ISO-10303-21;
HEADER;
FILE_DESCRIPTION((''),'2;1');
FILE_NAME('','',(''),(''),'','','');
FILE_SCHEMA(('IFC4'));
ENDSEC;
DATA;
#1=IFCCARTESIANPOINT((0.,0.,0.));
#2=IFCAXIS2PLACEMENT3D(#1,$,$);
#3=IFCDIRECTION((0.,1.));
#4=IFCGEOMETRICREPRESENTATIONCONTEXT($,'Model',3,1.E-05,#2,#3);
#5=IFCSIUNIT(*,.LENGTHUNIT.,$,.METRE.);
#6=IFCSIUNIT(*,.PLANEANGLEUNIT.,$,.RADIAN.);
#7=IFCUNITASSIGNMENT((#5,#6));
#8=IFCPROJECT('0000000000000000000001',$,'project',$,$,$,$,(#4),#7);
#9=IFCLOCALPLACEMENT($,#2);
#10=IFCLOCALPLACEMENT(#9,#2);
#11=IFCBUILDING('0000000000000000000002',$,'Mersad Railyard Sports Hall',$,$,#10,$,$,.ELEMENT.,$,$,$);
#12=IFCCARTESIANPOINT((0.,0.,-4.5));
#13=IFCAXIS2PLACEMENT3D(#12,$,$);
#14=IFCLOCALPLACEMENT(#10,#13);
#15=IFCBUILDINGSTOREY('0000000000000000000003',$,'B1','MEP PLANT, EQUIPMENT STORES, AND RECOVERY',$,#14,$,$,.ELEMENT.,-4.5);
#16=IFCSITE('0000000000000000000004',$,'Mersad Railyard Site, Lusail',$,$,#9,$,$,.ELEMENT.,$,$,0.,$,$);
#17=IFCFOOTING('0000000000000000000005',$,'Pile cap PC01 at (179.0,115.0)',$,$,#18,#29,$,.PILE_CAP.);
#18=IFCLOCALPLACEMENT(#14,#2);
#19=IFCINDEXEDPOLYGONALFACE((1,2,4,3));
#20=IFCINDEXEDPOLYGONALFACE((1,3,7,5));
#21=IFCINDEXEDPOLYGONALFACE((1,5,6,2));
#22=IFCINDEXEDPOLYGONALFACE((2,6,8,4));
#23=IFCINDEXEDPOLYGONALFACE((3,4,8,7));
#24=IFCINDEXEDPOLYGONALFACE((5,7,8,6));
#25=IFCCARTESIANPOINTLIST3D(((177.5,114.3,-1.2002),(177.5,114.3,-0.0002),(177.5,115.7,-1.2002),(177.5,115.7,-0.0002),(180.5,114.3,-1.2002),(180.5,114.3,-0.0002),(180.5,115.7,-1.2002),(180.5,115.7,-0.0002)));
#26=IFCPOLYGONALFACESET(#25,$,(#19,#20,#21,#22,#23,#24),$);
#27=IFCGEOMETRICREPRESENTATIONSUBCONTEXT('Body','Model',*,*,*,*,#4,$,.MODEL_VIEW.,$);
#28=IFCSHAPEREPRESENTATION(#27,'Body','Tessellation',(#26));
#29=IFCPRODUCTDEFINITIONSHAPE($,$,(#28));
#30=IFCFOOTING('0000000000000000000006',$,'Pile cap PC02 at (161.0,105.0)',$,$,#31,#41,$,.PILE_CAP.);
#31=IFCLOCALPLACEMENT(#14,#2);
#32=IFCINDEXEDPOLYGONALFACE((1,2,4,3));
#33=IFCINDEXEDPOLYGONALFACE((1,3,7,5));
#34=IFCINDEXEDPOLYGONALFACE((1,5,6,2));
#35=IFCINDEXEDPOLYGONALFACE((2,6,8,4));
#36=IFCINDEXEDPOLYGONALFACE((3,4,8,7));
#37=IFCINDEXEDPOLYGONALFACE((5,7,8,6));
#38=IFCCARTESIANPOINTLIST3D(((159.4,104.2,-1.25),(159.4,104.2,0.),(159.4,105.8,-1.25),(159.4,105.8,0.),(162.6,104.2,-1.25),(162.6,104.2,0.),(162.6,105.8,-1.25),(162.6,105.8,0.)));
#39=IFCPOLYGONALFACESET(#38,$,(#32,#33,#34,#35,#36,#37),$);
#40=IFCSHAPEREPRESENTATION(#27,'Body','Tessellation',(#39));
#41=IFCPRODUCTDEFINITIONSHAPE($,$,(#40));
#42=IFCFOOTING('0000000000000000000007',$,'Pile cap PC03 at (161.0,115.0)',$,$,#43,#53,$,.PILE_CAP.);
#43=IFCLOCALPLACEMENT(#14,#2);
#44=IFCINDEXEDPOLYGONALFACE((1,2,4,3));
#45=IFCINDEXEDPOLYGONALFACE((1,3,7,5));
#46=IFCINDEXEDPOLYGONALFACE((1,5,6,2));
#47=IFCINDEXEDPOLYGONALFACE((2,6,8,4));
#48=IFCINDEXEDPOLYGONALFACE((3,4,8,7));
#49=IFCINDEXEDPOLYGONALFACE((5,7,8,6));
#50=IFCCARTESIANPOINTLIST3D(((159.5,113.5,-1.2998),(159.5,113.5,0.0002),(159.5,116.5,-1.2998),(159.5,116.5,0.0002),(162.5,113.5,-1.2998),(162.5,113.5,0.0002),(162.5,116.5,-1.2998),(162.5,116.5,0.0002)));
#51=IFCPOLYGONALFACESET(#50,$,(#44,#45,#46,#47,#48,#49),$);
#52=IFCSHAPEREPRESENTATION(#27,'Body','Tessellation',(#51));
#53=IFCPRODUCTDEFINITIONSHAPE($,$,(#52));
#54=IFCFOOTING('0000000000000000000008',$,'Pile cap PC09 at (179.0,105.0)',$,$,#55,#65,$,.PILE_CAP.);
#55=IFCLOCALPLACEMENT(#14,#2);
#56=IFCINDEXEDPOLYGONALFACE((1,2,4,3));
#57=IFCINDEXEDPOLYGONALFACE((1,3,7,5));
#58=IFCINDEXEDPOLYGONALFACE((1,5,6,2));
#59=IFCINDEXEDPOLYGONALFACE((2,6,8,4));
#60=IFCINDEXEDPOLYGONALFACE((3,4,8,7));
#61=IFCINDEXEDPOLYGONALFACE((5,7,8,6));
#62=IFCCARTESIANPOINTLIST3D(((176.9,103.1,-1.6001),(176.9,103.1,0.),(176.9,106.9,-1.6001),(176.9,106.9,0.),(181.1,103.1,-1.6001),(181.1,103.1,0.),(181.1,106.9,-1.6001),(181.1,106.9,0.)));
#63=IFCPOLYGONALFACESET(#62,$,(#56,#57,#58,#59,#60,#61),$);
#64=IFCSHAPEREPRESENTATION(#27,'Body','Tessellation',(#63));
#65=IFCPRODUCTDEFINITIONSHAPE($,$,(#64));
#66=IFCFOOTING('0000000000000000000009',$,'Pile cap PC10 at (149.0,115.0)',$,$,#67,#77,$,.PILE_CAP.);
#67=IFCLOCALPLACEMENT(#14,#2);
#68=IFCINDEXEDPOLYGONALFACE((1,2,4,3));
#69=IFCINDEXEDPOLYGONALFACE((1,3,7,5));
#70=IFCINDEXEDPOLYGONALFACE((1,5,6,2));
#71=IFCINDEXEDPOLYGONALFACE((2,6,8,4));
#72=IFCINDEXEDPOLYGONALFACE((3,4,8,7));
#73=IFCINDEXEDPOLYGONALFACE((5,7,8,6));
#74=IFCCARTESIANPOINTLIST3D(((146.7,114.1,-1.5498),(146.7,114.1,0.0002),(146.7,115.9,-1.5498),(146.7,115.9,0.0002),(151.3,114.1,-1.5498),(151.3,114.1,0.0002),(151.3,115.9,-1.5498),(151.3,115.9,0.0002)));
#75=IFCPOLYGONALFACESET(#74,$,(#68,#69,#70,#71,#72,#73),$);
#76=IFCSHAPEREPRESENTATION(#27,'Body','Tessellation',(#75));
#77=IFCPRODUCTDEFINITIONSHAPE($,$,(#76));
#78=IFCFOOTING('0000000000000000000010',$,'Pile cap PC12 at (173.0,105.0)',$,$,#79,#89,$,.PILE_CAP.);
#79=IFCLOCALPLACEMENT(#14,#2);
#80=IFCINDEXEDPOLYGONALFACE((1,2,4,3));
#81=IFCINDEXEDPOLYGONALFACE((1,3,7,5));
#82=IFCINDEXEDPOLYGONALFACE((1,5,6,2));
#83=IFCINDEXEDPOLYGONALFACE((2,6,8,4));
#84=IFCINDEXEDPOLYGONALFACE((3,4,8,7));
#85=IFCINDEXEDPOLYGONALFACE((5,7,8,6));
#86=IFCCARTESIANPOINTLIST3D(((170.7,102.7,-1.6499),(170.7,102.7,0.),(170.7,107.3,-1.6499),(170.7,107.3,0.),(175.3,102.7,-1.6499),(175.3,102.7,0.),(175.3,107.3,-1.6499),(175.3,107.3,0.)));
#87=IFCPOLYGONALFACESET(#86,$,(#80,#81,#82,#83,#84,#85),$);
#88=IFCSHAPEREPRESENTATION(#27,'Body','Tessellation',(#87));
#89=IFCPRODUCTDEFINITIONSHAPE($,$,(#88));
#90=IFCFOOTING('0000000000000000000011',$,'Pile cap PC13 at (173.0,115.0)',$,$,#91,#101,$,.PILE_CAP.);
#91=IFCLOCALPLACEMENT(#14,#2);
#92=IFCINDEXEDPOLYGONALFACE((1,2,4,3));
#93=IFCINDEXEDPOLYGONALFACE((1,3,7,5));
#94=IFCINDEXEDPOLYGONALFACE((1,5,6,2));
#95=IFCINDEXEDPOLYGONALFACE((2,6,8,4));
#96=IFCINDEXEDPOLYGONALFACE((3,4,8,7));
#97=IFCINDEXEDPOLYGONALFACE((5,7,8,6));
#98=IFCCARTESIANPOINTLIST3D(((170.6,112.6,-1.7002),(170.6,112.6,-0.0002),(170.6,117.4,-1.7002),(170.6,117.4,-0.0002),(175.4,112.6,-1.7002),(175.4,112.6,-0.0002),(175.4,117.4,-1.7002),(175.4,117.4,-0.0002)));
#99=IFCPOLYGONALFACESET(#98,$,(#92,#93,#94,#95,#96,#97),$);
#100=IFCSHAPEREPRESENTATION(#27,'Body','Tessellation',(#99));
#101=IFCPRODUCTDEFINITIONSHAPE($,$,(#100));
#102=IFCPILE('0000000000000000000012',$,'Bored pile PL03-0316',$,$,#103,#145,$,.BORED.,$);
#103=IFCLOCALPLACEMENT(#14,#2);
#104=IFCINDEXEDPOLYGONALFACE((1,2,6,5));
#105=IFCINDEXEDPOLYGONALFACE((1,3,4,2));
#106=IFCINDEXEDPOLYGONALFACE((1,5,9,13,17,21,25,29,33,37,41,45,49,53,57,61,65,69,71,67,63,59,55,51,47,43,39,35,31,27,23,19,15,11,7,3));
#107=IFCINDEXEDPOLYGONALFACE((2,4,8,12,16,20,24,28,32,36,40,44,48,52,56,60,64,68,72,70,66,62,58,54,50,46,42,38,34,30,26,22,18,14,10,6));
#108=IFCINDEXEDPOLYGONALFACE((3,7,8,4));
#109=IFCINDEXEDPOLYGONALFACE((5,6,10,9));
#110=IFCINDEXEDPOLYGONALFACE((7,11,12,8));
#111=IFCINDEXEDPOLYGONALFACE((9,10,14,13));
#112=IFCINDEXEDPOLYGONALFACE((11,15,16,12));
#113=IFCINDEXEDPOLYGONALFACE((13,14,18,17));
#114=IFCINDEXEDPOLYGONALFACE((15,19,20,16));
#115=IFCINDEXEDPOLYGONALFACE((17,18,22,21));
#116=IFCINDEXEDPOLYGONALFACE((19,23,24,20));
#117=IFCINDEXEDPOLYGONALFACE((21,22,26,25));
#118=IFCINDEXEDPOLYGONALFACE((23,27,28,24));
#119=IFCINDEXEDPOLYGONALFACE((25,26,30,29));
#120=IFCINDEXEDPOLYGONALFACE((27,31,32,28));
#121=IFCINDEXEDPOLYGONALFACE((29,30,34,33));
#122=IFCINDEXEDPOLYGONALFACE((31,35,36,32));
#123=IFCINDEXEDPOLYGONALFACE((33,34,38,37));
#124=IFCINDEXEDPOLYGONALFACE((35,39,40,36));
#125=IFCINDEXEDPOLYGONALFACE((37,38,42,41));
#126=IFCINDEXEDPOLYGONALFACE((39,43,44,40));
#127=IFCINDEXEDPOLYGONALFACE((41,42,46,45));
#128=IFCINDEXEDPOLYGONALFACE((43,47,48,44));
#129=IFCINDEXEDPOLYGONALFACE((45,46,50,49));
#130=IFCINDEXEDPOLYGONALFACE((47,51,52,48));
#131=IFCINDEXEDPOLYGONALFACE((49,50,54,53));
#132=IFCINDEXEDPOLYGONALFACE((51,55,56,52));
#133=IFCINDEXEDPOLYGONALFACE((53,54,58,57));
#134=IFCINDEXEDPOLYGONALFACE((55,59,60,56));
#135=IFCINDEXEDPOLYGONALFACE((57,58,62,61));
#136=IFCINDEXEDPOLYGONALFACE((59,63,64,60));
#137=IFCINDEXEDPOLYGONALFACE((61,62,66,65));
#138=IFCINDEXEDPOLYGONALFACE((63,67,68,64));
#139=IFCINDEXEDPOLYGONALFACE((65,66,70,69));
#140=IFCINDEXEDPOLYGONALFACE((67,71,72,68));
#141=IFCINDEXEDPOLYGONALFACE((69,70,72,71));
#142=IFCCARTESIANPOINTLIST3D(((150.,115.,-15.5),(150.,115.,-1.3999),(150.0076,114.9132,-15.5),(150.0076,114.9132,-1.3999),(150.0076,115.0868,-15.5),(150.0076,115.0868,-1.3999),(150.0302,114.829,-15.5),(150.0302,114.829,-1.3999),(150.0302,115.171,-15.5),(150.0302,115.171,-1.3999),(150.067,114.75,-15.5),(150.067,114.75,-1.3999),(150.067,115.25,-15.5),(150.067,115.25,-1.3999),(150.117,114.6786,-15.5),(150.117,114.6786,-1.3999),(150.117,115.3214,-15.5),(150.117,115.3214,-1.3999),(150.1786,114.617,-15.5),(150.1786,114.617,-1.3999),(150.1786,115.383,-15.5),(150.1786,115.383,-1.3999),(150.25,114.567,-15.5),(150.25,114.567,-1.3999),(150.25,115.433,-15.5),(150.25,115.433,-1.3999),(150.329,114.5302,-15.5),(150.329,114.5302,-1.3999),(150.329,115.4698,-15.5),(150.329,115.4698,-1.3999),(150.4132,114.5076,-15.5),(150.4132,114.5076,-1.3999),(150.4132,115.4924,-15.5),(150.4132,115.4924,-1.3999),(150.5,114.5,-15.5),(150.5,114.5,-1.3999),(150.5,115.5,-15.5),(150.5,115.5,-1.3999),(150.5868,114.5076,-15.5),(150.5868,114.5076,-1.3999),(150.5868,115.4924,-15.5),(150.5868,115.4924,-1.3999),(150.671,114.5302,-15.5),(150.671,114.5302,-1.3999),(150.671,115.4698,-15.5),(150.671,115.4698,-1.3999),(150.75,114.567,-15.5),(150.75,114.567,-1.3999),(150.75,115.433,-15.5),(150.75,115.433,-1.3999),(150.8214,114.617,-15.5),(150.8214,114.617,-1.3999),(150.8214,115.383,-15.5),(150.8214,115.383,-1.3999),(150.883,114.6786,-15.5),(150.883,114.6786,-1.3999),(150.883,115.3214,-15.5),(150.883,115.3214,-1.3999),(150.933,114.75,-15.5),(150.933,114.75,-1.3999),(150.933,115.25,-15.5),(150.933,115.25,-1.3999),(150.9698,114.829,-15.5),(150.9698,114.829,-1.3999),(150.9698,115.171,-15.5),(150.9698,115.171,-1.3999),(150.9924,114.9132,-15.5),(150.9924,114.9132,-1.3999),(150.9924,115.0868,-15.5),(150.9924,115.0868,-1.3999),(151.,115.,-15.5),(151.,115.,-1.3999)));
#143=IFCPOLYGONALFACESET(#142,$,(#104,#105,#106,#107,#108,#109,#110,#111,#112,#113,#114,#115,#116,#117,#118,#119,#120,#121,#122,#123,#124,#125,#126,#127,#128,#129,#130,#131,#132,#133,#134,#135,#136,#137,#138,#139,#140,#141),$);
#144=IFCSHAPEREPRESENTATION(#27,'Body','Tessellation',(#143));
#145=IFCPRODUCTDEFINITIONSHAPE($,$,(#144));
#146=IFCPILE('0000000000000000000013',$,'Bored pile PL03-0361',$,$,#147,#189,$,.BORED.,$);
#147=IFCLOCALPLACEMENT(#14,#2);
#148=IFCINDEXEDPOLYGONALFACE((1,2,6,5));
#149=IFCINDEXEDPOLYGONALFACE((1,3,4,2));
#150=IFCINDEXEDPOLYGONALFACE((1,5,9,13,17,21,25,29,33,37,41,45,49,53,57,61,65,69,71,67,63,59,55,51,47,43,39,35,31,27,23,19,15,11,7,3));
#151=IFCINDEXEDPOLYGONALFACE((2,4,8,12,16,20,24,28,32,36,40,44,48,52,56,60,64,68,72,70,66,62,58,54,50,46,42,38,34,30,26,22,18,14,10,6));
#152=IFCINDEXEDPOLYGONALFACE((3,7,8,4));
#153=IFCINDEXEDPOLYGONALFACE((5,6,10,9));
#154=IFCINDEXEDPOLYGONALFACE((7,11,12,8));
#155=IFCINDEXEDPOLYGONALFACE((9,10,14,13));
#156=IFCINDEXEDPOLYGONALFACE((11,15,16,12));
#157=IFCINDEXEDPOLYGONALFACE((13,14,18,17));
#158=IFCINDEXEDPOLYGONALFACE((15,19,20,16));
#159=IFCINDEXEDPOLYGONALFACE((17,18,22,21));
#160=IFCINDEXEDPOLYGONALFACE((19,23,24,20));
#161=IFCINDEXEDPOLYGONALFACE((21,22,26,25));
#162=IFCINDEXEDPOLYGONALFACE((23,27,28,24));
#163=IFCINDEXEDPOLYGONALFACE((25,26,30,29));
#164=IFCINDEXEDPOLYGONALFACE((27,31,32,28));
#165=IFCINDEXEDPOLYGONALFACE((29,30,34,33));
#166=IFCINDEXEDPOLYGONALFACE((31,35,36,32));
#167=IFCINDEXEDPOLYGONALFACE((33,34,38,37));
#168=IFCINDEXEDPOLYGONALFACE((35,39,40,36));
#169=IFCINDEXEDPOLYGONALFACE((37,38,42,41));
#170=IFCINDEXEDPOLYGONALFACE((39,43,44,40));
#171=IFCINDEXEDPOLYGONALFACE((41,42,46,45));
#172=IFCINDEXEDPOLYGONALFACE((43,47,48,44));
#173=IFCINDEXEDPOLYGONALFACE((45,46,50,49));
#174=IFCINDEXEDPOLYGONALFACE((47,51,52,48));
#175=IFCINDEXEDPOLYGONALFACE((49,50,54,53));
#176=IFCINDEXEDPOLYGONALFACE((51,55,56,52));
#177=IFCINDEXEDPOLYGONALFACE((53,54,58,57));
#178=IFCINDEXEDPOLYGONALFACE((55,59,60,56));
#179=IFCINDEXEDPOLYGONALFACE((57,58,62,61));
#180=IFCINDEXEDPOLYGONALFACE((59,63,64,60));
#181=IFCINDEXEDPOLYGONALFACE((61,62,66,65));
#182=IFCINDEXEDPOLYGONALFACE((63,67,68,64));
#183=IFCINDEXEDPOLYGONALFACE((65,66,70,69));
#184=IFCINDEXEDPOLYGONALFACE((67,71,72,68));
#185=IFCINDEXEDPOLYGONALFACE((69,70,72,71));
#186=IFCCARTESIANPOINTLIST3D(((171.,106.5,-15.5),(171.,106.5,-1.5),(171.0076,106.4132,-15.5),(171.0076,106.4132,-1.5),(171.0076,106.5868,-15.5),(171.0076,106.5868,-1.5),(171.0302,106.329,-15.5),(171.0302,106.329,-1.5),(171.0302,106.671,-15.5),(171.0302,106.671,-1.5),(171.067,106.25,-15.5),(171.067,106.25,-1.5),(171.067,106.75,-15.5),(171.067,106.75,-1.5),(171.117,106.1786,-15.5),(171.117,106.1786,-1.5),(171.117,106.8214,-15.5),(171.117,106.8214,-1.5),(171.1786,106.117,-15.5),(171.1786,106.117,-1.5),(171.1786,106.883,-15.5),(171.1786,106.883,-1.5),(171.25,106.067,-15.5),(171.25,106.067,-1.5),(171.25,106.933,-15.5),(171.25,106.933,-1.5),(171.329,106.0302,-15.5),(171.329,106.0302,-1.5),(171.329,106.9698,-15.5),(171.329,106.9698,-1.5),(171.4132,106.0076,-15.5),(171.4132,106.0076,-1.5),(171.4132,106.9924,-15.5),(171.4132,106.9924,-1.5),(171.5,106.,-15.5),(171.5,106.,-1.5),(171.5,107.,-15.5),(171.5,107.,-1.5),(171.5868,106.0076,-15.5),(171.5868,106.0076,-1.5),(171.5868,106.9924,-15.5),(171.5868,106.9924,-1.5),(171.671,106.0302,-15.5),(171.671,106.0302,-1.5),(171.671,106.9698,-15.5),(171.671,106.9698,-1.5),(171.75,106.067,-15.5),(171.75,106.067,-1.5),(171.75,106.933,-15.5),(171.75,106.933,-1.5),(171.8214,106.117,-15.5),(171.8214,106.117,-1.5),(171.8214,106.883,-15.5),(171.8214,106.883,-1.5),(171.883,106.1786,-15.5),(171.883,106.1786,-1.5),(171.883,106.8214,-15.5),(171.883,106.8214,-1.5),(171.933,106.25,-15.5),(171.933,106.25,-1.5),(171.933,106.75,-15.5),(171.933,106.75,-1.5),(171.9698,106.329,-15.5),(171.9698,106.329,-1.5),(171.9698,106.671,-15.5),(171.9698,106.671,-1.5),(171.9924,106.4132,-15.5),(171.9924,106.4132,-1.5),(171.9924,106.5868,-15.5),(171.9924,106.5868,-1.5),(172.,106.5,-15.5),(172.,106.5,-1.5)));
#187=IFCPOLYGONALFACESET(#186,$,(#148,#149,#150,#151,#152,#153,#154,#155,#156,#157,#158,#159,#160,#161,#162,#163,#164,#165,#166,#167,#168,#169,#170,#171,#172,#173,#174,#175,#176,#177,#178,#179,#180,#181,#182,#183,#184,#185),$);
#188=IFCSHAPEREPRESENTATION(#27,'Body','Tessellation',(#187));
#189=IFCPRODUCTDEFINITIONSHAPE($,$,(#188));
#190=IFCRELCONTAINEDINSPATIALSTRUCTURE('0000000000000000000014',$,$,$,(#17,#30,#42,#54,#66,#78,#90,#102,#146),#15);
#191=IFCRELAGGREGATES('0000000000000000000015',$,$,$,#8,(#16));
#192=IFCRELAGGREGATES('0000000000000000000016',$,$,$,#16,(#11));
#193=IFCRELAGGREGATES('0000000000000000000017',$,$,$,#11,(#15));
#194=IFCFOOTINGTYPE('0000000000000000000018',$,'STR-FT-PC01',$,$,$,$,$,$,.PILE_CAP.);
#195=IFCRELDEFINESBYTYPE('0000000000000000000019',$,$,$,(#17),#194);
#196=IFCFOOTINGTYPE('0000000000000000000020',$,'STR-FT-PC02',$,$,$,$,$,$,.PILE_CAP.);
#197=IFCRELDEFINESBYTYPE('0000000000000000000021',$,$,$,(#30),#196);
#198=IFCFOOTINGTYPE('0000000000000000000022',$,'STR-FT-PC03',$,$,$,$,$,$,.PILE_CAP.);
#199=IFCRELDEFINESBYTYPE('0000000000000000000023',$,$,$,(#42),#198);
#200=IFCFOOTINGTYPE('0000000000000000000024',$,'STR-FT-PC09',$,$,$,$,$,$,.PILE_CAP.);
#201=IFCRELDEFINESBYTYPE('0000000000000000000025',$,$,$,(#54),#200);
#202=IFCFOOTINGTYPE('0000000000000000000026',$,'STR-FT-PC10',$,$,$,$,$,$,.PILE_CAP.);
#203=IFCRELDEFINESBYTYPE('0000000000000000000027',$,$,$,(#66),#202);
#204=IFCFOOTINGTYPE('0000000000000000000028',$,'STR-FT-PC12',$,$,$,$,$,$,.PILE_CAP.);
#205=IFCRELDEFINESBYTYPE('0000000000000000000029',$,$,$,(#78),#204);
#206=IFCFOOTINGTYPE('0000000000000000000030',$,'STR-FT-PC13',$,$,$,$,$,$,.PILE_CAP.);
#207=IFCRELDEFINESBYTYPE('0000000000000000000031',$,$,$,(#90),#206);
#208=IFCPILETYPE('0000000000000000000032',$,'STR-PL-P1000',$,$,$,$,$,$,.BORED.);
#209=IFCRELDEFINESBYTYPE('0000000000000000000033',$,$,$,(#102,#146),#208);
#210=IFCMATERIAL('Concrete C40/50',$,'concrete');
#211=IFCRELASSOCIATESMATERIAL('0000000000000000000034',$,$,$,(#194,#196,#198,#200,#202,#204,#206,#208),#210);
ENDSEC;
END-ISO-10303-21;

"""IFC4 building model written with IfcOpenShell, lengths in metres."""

from ifc_helpers import new_model, si_unit, direction, frame, origin, origin_2d, place, context, subcontext, project, spatial, rectangle, circle, extrude, material, material_profile, profile_set, type_object, element, save


model = new_model("IFC4")

# Units and contexts
model_context = context("Model", 3, precision=1e-05, world=origin(), true_north=direction((0.0, 1.0)))
body_context = subcontext(model_context, "Body", "Model", "MODEL_VIEW")
ifc_project = project(units=[si_unit("LENGTHUNIT", "METRE"), si_unit("PLANEANGLEUNIT", "RADIAN")], contexts=[model_context])

# Site, building, storey
site_placement = place(None, origin())
site = spatial("IfcSite", under=ifc_project, at=site_placement, Name="Mersad Railyard Site, Lusail", CompositionType="ELEMENT", RefElevation=0.0)
building_placement = place(site_placement, origin())
building = spatial("IfcBuilding", under=site, at=building_placement, Name="Mersad Railyard Sports Hall", CompositionType="ELEMENT")
storey_placement = place(building_placement, frame((0.0, 0.0, -4.5)))
storey = spatial("IfcBuildingStorey", under=building, at=storey_placement, Name="B1", Description="MEP PLANT, EQUIPMENT STORES, AND RECOVERY", CompositionType="ELEMENT", Elevation=-4.5)

# Footings
ifc_material_1 = material(Name="Concrete C40/50", Category="concrete")
footing_type_1 = type_object("IfcFootingType", Name="STR-FT-PC01", PredefinedType="PILE_CAP", material=ifc_material_1)
footing_1_placement = place(storey_placement, frame((179.0, 115.0, -1.2002), z_axis=(0.0, 0.0, 1.0), x_axis=(1.0, 0.0, 0.0)))
element("IfcFooting", 1, at=footing_1_placement, inside=storey, type_object=footing_type_1, Name="Pile cap PC01 at (179.0,115.0)", PredefinedType="PILE_CAP", context=body_context, shape_type="SweptSolid", body=[
    extrude(rectangle(XDim=3.0, YDim=1.3999, at=origin_2d()), origin(), (0.0, 0.0, 1.0), 1.2),
])
footing_type_2 = type_object("IfcFootingType", Name="STR-FT-PC02", PredefinedType="PILE_CAP", material=ifc_material_1)
footing_2_placement = place(storey_placement, frame((161.0, 105.0, -1.25), z_axis=(0.0, 0.0, 1.0), x_axis=(1.0, 0.0, 0.0)))
element("IfcFooting", 2, at=footing_2_placement, inside=storey, type_object=footing_type_2, Name="Pile cap PC02 at (161.0,105.0)", PredefinedType="PILE_CAP", context=body_context, shape_type="SweptSolid", body=[
    extrude(rectangle(XDim=3.2, YDim=1.6001, at=origin_2d()), origin(), (0.0, 0.0, 1.0), 1.25),
])
footing_type_3 = type_object("IfcFootingType", Name="STR-FT-PC03", PredefinedType="PILE_CAP", material=ifc_material_1)
footing_3_placement = place(storey_placement, frame((161.0, 115.0, -1.2998), z_axis=(0.0, 0.0, 1.0), x_axis=(1.0, 0.0, 0.0)))
element("IfcFooting", 3, at=footing_3_placement, inside=storey, type_object=footing_type_3, Name="Pile cap PC03 at (161.0,115.0)", PredefinedType="PILE_CAP", context=body_context, shape_type="SweptSolid", body=[
    extrude(rectangle(XDim=3.0, YDim=3.0, at=origin_2d()), origin(), (0.0, 0.0, 1.0), 1.3),
])
footing_type_4 = type_object("IfcFootingType", Name="STR-FT-PC09", PredefinedType="PILE_CAP", material=ifc_material_1)
footing_4_placement = place(storey_placement, frame((179.0, 105.0, -1.6001), z_axis=(0.0, 0.0, 1.0), x_axis=(1.0, 0.0, 0.0)))
element("IfcFooting", 4, at=footing_4_placement, inside=storey, type_object=footing_type_4, Name="Pile cap PC09 at (179.0,105.0)", PredefinedType="PILE_CAP", context=body_context, shape_type="SweptSolid", body=[
    extrude(rectangle(XDim=4.2, YDim=3.8, at=origin_2d()), origin(), (0.0, 0.0, 1.0), 1.6001),
])
footing_type_5 = type_object("IfcFootingType", Name="STR-FT-PC10", PredefinedType="PILE_CAP", material=ifc_material_1)
footing_5_placement = place(storey_placement, frame((149.0, 115.0, -1.5498), z_axis=(0.0, 0.0, 1.0), x_axis=(1.0, 0.0, 0.0)))
element("IfcFooting", 5, at=footing_5_placement, inside=storey, type_object=footing_type_5, Name="Pile cap PC10 at (149.0,115.0)", PredefinedType="PILE_CAP", context=body_context, shape_type="SweptSolid", body=[
    extrude(rectangle(XDim=4.6001, YDim=1.8, at=origin_2d()), origin(), (0.0, 0.0, 1.0), 1.55),
])
footing_type_6 = type_object("IfcFootingType", Name="STR-FT-PC12", PredefinedType="PILE_CAP", material=ifc_material_1)
footing_6_placement = place(storey_placement, frame((173.0, 105.0, -1.6499), z_axis=(0.0, 0.0, 1.0), x_axis=(1.0, 0.0, 0.0)))
element("IfcFooting", 6, at=footing_6_placement, inside=storey, type_object=footing_type_6, Name="Pile cap PC12 at (173.0,105.0)", PredefinedType="PILE_CAP", context=body_context, shape_type="SweptSolid", body=[
    extrude(rectangle(XDim=4.6001, YDim=4.6001, at=origin_2d()), origin(), (0.0, 0.0, 1.0), 1.6499),
])
footing_type_7 = type_object("IfcFootingType", Name="STR-FT-PC13", PredefinedType="PILE_CAP", material=ifc_material_1)
footing_7_placement = place(storey_placement, frame((173.0, 115.0, -1.7002), z_axis=(0.0, 0.0, 1.0), x_axis=(1.0, 0.0, 0.0)))
element("IfcFooting", 7, at=footing_7_placement, inside=storey, type_object=footing_type_7, Name="Pile cap PC13 at (173.0,115.0)", PredefinedType="PILE_CAP", context=body_context, shape_type="SweptSolid", body=[
    extrude(rectangle(XDim=4.8, YDim=4.8, at=origin_2d()), origin(), (0.0, 0.0, 1.0), 1.7),
])

# Piles
ifc_material_profile_1 = material_profile(ifc_material_1, circle(Radius=0.5, at=origin_2d()), Name="BORED PILE D1000")
ifc_profile_set_1 = profile_set([ifc_material_profile_1], Name="Concrete C40/50")
pile_type_1 = type_object("IfcPileType", Name="STR-PL-P1000", PredefinedType="BORED", material=ifc_profile_set_1)
pile_placement = place(storey_placement, frame((150.5, 115.0, -1.3999), z_axis=(0.0, 0.0, -1.0), x_axis=(1.0, 0.0, 0.0)))
element("IfcPile", 8, at=pile_placement, inside=storey, type_object=pile_type_1, Name="Bored pile PL03-0316", PredefinedType="BORED", context=body_context, shape_type="SweptSolid", body=[
    extrude(circle(Radius=0.5, at=origin_2d()), origin(), (0.0, 0.0, 1.0), 14.1001),
])
for number, where, z_axis, x_axis, name in (
    (9, (171.5, 106.5, -1.5), (0.0, 0.0, -1.0), (1.0, 0.0, 0.0), "Bored pile PL03-0361"),
):
    element("IfcPile", number, at=place(storey_placement, frame(where, z_axis=z_axis, x_axis=x_axis)), inside=storey, type_object=pile_type_1, Name=name, PredefinedType="BORED", context=body_context, shape_type="SweptSolid", body=[
        extrude(circle(Radius=0.5, at=origin_2d()), origin(), (0.0, 0.0, 1.0), 14.0),
    ])

save(model, "model.ifc")
